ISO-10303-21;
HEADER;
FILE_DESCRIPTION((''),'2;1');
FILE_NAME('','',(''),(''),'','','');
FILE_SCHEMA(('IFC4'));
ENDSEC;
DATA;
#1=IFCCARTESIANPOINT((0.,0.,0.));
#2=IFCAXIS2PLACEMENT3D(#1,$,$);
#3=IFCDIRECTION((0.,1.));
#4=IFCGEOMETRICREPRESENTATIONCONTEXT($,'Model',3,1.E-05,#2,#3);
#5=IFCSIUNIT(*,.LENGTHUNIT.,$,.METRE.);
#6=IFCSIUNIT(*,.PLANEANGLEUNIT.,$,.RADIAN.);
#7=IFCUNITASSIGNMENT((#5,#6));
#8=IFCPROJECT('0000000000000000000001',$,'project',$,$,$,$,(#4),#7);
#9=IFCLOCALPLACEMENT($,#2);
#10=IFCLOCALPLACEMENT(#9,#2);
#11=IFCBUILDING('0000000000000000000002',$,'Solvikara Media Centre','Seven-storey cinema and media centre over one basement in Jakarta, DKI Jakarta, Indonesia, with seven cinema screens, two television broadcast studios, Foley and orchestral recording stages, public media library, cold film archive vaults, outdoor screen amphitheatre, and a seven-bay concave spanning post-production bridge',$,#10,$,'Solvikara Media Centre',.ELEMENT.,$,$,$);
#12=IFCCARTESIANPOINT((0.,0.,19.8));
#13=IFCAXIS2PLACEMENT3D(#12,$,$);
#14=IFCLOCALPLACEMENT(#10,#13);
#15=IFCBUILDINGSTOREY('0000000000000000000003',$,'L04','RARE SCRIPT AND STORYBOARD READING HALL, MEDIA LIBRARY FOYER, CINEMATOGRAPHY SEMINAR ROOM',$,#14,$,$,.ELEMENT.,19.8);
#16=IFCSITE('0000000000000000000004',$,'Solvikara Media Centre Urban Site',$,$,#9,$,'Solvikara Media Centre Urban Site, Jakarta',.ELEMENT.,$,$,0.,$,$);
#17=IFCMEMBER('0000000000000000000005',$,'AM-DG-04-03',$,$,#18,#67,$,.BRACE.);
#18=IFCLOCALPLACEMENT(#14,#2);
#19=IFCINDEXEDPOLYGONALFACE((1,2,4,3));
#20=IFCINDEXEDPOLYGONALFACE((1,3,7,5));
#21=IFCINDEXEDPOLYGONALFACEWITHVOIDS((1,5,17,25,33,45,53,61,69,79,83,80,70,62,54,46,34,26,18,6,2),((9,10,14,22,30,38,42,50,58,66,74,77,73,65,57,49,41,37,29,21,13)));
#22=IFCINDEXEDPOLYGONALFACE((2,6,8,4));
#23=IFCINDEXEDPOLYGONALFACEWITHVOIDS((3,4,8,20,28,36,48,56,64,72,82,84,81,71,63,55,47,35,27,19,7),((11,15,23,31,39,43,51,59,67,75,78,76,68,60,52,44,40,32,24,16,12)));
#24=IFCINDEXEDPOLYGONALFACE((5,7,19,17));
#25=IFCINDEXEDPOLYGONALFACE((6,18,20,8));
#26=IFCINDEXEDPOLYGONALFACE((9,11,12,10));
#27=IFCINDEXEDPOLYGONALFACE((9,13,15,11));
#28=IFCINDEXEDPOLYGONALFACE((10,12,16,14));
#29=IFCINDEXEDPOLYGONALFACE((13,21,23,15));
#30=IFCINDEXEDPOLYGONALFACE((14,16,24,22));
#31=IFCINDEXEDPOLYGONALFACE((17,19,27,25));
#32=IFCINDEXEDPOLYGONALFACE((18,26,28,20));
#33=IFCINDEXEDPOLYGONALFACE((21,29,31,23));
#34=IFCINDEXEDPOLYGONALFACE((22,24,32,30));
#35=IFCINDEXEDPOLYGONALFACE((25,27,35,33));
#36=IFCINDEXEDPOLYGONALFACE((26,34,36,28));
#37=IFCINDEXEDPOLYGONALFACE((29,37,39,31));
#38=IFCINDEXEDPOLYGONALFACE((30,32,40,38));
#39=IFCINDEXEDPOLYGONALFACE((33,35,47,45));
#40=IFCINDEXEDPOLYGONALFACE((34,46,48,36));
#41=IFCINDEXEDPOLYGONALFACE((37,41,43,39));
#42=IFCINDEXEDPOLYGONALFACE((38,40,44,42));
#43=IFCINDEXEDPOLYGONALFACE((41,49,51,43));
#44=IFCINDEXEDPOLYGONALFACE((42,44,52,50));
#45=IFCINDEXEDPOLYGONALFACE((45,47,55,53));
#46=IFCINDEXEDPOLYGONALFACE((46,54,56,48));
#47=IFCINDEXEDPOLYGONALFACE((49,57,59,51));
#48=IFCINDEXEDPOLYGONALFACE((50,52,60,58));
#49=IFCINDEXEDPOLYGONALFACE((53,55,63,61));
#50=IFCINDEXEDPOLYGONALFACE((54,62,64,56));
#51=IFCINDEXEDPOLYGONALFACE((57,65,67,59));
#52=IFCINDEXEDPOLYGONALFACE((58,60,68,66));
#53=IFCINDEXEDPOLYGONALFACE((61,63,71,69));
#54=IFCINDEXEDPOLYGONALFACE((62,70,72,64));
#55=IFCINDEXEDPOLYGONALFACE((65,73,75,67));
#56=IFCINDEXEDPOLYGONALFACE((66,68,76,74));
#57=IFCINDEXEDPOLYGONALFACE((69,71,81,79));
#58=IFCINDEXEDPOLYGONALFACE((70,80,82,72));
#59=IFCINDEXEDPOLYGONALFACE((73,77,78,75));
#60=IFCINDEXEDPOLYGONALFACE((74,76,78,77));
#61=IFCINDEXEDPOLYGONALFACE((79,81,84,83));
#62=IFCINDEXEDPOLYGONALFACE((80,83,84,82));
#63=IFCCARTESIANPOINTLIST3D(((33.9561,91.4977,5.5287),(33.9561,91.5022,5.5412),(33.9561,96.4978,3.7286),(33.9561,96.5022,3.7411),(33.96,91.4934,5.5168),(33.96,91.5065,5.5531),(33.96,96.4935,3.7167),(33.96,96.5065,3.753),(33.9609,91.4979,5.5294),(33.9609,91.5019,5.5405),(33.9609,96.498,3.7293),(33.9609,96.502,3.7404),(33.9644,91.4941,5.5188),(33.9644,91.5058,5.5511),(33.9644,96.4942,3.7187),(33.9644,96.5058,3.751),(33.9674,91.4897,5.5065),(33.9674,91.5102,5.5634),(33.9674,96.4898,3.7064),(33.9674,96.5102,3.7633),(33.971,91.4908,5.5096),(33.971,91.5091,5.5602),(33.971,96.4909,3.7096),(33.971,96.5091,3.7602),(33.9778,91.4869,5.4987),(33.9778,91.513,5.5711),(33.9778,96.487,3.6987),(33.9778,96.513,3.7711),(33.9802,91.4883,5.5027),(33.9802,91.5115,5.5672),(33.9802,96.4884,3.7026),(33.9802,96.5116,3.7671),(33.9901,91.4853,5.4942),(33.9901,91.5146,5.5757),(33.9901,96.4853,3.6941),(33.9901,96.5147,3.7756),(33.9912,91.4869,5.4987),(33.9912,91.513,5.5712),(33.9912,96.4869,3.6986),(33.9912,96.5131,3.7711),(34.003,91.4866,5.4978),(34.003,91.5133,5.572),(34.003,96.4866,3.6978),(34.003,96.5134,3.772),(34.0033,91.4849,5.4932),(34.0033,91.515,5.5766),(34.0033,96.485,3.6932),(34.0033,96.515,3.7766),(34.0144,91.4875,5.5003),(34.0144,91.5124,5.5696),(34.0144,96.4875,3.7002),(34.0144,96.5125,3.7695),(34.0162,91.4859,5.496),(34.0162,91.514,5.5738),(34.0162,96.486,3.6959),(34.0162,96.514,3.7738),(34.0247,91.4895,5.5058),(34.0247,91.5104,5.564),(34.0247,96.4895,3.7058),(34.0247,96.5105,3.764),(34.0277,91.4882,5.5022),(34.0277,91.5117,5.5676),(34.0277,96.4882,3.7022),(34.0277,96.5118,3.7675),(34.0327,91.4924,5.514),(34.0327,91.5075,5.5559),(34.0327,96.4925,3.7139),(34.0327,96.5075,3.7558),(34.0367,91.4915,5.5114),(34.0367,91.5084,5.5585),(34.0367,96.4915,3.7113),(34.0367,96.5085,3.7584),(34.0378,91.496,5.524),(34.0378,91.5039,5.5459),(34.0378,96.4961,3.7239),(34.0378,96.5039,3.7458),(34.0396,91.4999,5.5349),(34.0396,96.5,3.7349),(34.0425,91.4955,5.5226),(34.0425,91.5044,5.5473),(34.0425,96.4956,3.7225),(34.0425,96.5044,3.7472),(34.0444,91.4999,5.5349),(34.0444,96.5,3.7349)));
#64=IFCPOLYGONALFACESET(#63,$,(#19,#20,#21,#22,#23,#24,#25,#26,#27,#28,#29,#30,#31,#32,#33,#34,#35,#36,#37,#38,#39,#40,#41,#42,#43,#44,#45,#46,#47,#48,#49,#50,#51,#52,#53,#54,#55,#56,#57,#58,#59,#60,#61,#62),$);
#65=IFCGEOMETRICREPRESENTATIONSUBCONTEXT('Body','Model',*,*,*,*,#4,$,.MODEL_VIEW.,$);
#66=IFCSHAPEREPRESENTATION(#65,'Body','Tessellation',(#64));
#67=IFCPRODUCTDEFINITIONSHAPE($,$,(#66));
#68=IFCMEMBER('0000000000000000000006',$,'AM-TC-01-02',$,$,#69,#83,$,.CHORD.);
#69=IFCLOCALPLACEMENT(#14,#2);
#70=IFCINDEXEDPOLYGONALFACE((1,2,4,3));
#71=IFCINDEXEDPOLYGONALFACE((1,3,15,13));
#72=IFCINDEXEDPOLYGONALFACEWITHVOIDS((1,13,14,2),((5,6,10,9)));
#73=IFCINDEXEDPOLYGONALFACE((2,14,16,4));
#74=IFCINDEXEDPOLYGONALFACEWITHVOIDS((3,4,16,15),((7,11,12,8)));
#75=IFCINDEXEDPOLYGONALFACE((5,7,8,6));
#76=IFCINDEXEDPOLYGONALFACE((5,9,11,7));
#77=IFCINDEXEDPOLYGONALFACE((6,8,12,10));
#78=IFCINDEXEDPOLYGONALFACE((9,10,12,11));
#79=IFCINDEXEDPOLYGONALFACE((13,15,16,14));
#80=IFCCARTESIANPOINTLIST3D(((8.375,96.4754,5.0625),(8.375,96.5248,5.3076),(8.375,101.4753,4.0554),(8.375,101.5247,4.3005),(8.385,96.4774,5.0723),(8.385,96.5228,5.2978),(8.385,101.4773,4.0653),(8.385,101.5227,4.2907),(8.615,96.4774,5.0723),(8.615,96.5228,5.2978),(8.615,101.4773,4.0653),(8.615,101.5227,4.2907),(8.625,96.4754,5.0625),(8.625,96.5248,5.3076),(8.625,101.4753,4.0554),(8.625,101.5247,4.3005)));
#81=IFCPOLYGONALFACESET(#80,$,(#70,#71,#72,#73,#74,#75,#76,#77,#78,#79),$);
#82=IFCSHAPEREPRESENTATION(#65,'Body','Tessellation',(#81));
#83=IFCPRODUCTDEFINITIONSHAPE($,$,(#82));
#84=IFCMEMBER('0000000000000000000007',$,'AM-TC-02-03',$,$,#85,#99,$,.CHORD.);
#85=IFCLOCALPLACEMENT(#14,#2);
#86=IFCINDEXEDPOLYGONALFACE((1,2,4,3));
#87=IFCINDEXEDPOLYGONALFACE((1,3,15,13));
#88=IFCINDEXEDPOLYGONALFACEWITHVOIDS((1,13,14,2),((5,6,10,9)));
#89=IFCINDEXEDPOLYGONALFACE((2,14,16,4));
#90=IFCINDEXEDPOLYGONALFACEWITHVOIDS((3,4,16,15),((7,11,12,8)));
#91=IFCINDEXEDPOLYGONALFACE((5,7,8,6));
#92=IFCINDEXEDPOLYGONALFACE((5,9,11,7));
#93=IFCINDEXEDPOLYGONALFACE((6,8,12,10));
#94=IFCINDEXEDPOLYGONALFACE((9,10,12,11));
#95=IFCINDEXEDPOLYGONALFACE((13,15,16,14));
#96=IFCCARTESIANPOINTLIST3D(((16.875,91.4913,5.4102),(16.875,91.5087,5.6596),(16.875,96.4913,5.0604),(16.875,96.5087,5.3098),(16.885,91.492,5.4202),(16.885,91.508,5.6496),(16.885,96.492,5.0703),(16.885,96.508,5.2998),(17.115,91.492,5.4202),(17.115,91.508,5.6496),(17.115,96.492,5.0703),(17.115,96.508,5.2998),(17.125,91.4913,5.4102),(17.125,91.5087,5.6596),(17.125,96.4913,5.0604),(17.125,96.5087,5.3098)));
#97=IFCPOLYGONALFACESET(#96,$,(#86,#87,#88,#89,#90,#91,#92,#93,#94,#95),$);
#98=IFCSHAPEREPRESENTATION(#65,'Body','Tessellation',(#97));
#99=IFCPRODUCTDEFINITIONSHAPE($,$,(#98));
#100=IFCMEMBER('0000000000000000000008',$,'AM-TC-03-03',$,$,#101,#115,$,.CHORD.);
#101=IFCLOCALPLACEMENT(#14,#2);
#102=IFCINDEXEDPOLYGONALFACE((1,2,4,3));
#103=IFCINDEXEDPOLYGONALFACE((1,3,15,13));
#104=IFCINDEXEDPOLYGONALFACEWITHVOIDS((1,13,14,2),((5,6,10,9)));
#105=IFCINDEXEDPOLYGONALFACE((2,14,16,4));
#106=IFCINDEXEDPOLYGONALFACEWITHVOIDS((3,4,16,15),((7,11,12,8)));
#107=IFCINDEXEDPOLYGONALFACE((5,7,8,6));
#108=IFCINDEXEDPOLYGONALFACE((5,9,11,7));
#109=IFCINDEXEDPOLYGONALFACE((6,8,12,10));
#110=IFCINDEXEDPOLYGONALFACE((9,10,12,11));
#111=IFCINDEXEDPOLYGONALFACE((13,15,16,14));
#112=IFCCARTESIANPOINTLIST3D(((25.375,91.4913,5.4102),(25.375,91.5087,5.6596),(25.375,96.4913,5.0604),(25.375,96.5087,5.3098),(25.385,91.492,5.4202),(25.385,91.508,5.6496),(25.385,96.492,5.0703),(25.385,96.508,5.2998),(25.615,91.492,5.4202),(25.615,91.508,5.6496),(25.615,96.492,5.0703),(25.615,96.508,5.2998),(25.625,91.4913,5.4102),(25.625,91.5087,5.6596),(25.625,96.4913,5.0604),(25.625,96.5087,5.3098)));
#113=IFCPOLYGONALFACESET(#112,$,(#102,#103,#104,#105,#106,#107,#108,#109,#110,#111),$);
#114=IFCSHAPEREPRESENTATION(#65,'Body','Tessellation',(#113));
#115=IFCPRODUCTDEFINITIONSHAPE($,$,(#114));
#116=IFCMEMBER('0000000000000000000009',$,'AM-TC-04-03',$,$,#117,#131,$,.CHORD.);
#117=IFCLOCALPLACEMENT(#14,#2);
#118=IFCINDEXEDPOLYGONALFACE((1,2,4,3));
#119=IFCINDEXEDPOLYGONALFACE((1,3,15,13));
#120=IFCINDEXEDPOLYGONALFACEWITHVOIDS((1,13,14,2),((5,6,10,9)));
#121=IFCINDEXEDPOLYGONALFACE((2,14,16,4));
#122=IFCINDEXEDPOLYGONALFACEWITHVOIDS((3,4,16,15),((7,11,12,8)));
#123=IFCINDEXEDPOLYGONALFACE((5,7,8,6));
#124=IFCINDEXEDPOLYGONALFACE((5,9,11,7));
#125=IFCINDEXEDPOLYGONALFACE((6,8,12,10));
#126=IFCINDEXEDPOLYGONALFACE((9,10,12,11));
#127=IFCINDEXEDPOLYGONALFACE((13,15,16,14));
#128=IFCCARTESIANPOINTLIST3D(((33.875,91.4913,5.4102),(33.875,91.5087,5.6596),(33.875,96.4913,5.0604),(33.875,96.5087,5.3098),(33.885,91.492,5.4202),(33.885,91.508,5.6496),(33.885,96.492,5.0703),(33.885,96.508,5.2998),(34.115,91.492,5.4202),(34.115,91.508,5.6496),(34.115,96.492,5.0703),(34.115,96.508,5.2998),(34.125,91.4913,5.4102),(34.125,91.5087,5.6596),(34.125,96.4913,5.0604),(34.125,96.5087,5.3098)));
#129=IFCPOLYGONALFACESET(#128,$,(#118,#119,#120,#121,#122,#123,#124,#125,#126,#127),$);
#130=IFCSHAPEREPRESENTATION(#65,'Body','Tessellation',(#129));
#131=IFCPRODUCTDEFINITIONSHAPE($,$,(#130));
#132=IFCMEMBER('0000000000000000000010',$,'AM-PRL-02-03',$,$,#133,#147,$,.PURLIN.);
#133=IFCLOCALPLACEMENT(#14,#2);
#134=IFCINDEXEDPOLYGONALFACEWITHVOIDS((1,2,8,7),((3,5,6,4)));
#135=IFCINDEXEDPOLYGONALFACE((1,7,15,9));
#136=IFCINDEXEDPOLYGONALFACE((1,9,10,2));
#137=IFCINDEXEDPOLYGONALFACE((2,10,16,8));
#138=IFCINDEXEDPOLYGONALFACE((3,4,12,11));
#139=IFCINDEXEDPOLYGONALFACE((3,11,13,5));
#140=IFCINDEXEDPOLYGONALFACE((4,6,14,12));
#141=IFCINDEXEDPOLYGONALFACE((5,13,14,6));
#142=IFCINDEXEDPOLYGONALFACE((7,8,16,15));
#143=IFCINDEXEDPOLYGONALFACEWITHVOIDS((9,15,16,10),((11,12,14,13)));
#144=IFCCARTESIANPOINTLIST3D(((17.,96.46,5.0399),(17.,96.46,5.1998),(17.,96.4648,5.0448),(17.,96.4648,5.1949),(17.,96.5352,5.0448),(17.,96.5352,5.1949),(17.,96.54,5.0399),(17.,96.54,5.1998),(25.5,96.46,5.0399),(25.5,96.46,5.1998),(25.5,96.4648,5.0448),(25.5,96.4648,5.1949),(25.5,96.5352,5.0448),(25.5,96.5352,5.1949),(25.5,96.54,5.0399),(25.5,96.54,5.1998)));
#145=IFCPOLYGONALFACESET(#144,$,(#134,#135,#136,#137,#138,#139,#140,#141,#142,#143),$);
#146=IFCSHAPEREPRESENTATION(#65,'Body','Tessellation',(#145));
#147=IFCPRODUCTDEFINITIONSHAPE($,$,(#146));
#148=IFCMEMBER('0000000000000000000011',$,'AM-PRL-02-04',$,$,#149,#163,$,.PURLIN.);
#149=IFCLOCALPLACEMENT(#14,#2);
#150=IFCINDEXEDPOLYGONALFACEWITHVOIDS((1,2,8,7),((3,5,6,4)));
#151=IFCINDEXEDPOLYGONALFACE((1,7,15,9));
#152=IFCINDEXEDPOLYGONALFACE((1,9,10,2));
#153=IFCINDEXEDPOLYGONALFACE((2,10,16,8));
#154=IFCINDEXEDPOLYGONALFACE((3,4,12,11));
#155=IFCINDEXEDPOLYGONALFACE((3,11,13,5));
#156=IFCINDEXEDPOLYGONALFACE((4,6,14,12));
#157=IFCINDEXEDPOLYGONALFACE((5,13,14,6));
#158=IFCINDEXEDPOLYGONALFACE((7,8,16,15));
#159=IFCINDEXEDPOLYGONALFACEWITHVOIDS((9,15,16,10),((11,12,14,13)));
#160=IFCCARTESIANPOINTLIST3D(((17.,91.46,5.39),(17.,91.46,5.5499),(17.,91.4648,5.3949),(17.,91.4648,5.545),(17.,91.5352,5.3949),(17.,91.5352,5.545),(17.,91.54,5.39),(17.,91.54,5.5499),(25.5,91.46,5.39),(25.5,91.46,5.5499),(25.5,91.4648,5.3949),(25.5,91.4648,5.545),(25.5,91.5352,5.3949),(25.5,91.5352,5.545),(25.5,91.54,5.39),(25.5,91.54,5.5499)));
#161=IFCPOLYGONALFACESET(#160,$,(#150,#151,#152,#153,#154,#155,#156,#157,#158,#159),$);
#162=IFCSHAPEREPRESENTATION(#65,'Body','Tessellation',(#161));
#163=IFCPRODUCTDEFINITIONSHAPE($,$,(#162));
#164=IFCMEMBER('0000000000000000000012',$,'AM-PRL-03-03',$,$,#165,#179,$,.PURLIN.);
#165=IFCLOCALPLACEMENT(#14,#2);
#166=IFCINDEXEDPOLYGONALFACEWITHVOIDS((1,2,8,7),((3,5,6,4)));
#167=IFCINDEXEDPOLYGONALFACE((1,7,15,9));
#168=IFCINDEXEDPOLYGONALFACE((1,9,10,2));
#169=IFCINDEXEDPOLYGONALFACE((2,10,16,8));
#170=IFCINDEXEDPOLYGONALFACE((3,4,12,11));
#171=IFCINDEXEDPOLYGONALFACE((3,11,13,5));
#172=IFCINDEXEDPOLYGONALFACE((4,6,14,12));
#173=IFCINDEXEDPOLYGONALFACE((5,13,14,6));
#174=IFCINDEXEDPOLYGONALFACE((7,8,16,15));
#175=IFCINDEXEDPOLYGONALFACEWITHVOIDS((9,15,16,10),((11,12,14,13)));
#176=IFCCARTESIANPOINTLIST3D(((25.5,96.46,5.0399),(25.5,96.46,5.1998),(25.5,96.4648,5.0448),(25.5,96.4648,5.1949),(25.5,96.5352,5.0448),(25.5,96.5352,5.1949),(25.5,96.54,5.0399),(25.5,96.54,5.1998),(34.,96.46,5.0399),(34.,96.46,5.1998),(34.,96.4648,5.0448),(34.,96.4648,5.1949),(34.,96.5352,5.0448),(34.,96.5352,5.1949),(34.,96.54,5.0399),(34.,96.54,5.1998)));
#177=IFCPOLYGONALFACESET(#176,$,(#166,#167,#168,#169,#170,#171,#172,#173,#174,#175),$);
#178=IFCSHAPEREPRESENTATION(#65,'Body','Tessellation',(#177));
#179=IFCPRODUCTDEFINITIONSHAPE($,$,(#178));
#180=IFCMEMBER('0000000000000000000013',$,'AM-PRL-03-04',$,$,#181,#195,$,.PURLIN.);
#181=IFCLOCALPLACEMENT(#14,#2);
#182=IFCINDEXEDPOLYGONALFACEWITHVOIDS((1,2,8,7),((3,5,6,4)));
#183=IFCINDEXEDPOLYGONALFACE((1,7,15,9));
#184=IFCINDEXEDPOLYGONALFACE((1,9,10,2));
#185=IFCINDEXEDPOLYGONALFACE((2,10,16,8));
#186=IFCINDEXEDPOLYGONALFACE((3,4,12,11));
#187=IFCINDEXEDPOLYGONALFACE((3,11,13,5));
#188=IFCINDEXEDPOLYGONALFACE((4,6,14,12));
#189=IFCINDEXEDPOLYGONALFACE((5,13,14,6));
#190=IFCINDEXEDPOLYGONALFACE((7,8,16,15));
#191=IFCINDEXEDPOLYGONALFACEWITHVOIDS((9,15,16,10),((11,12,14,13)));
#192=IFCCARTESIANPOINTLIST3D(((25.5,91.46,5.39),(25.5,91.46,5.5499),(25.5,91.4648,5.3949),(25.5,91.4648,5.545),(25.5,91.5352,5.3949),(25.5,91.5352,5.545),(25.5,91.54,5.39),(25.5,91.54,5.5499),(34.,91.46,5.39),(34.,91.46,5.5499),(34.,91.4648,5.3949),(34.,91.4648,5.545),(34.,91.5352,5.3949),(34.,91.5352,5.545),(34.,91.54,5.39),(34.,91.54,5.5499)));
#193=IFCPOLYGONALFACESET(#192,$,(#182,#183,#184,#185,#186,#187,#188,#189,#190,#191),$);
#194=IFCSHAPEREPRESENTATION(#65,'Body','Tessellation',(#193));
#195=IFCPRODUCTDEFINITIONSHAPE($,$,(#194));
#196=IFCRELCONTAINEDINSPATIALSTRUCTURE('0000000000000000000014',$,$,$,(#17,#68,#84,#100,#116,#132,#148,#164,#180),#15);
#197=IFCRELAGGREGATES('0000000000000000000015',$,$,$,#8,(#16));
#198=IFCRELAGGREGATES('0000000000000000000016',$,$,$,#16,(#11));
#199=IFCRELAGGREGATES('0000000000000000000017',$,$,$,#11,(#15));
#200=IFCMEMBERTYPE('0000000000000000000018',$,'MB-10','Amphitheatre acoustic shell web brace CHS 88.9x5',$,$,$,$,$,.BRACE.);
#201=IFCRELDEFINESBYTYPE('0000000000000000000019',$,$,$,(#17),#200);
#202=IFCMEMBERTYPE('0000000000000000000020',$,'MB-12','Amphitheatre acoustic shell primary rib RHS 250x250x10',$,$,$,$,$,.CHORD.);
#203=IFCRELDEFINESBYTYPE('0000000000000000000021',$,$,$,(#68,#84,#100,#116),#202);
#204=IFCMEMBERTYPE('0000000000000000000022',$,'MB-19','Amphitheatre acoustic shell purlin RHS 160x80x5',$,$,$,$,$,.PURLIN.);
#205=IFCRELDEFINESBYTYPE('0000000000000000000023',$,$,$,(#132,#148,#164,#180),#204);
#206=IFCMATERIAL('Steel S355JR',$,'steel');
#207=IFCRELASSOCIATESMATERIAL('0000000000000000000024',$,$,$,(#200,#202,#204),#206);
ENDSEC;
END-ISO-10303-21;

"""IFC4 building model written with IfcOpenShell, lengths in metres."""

from ifc_helpers import new_model, si_unit, direction, frame, origin, origin_2d, place, context, subcontext, project, spatial, hollow_rectangle, hollow_circle, extrude, material, material_profile, profile_set, type_object, element, save


model = new_model("IFC4")

# Units and contexts
model_context = context("Model", 3, precision=1e-05, world=origin(), true_north=direction((0.0, 1.0)))
body_context = subcontext(model_context, "Body", "Model", "MODEL_VIEW")
ifc_project = project(units=[si_unit("LENGTHUNIT", "METRE"), si_unit("PLANEANGLEUNIT", "RADIAN")], contexts=[model_context])

# Site, building, storey
site_placement = place(None, origin())
site = spatial("IfcSite", under=ifc_project, at=site_placement, Name="Solvikara Media Centre Urban Site", LongName="Solvikara Media Centre Urban Site, Jakarta", CompositionType="ELEMENT", RefElevation=0.0)
building_placement = place(site_placement, origin())
building = spatial("IfcBuilding", under=site, at=building_placement, Name="Solvikara Media Centre", Description="Seven-storey cinema and media centre over one basement in Jakarta, DKI Jakarta, Indonesia, with seven cinema screens, two television broadcast studios, Foley and orchestral recording stages, public media library, cold film archive vaults, outdoor screen amphitheatre, and a seven-bay concave spanning post-production bridge", LongName="Solvikara Media Centre", CompositionType="ELEMENT")
storey_placement = place(building_placement, frame((0.0, 0.0, 19.8)))
storey = spatial("IfcBuildingStorey", under=building, at=storey_placement, Name="L04", Description="RARE SCRIPT AND STORYBOARD READING HALL, MEDIA LIBRARY FOYER, CINEMATOGRAPHY SEMINAR ROOM", CompositionType="ELEMENT", Elevation=19.8)

# Shared definitions
ifc_material_1 = material(Name="Steel S355JR", Category="steel")

# Members
ifc_material_profile_1 = material_profile(ifc_material_1, hollow_circle(Radius=0.0444, WallThickness=0.0049, at=origin_2d()), Name="CHS 88.9x5")
ifc_profile_set_1 = profile_set([ifc_material_profile_1], Name="Steel S355JR")
member_type_1 = type_object("IfcMemberType", Name="MB-10", Description="Amphitheatre acoustic shell web brace CHS 88.9x5", PredefinedType="BRACE", material=ifc_profile_set_1)
for number, where, z_axis, x_axis, name in (
    (1, (34.0, 96.5, 3.7349), (0.0, -0.940884, 0.338728), (1.0, 0.0, 0.0), "AM-DG-04-03"),
):
    element("IfcMember", number, at=place(storey_placement, frame(where, z_axis=z_axis, x_axis=x_axis)), inside=storey, type_object=member_type_1, Name=name, PredefinedType="BRACE", context=body_context, shape_type="SweptSolid", body=[
        extrude(hollow_circle(Radius=0.0444, WallThickness=0.0049, at=origin_2d()), origin(), (0.0, 0.0, 1.0), 5.3142),
    ])
ifc_material_profile_2 = material_profile(ifc_material_1, hollow_rectangle(XDim=0.25, YDim=0.25, WallThickness=0.01, at=origin_2d()), Name="RHS 250x250x10")
ifc_profile_set_2 = profile_set([ifc_material_profile_2], Name="Steel S355JR")
member_type_2 = type_object("IfcMemberType", Name="MB-12", Description="Amphitheatre acoustic shell primary rib RHS 250x250x10", PredefinedType="CHORD", material=ifc_profile_set_2)
member_placement = place(storey_placement, frame((8.5, 101.5, 4.178), z_axis=(0.0, -0.980313, 0.197451), x_axis=(1.0, 0.0, 0.0)))
element("IfcMember", 2, at=member_placement, inside=storey, type_object=member_type_2, Name="AM-TC-01-02", PredefinedType="CHORD", context=body_context, shape_type="SweptSolid", body=[
    extrude(hollow_rectangle(XDim=0.25, YDim=0.25, WallThickness=0.01, at=origin_2d()), origin(), (0.0, 0.0, 1.0), 5.1003),
])
for number, where, z_axis, x_axis, name in (
    (3, (17.0, 96.5, 5.1851), (0.0, -0.997561, 0.0698), (1.0, 0.0, 0.0), "AM-TC-02-03"),
    (4, (25.5, 96.5, 5.1851), (0.0, -0.997561, 0.0698), (1.0, 0.0, 0.0), "AM-TC-03-03"),
    (5, (34.0, 96.5, 5.1851), (0.0, -0.997561, 0.0698), (1.0, 0.0, 0.0), "AM-TC-04-03"),
):
    element("IfcMember", number, at=place(storey_placement, frame(where, z_axis=z_axis, x_axis=x_axis)), inside=storey, type_object=member_type_2, Name=name, PredefinedType="CHORD", context=body_context, shape_type="SweptSolid", body=[
        extrude(hollow_rectangle(XDim=0.25, YDim=0.25, WallThickness=0.01, at=origin_2d()), origin(), (0.0, 0.0, 1.0), 5.0122),
    ])
ifc_material_profile_3 = material_profile(ifc_material_1, hollow_rectangle(XDim=0.0801, YDim=0.1599, WallThickness=0.0049, at=origin_2d()), Name="RHS 160x80x5")
ifc_profile_set_3 = profile_set([ifc_material_profile_3], Name="Steel S355JR")
member_type_3 = type_object("IfcMemberType", Name="MB-19", Description="Amphitheatre acoustic shell purlin RHS 160x80x5", PredefinedType="PURLIN", material=ifc_profile_set_3)
for number, where, z_axis, x_axis, name in (
    (6, (17.0, 96.5, 5.1199), (1.0, 0.0, 0.0), (0.0, 1.0, 0.0), "AM-PRL-02-03"),
    (7, (17.0, 91.5, 5.47), (1.0, 0.0, 0.0), (0.0, 1.0, 0.0), "AM-PRL-02-04"),
    (8, (25.5, 96.5, 5.1199), (1.0, 0.0, 0.0), (0.0, 1.0, 0.0), "AM-PRL-03-03"),
    (9, (25.5, 91.5, 5.47), (1.0, 0.0, 0.0), (0.0, 1.0, 0.0), "AM-PRL-03-04"),
):
    element("IfcMember", number, at=place(storey_placement, frame(where, z_axis=z_axis, x_axis=x_axis)), inside=storey, type_object=member_type_3, Name=name, PredefinedType="PURLIN", context=body_context, shape_type="SweptSolid", body=[
        extrude(hollow_rectangle(XDim=0.0801, YDim=0.1599, WallThickness=0.0049, at=origin_2d()), origin(), (0.0, 0.0, 1.0), 8.5),
    ])

save(model, "model.ifc")
